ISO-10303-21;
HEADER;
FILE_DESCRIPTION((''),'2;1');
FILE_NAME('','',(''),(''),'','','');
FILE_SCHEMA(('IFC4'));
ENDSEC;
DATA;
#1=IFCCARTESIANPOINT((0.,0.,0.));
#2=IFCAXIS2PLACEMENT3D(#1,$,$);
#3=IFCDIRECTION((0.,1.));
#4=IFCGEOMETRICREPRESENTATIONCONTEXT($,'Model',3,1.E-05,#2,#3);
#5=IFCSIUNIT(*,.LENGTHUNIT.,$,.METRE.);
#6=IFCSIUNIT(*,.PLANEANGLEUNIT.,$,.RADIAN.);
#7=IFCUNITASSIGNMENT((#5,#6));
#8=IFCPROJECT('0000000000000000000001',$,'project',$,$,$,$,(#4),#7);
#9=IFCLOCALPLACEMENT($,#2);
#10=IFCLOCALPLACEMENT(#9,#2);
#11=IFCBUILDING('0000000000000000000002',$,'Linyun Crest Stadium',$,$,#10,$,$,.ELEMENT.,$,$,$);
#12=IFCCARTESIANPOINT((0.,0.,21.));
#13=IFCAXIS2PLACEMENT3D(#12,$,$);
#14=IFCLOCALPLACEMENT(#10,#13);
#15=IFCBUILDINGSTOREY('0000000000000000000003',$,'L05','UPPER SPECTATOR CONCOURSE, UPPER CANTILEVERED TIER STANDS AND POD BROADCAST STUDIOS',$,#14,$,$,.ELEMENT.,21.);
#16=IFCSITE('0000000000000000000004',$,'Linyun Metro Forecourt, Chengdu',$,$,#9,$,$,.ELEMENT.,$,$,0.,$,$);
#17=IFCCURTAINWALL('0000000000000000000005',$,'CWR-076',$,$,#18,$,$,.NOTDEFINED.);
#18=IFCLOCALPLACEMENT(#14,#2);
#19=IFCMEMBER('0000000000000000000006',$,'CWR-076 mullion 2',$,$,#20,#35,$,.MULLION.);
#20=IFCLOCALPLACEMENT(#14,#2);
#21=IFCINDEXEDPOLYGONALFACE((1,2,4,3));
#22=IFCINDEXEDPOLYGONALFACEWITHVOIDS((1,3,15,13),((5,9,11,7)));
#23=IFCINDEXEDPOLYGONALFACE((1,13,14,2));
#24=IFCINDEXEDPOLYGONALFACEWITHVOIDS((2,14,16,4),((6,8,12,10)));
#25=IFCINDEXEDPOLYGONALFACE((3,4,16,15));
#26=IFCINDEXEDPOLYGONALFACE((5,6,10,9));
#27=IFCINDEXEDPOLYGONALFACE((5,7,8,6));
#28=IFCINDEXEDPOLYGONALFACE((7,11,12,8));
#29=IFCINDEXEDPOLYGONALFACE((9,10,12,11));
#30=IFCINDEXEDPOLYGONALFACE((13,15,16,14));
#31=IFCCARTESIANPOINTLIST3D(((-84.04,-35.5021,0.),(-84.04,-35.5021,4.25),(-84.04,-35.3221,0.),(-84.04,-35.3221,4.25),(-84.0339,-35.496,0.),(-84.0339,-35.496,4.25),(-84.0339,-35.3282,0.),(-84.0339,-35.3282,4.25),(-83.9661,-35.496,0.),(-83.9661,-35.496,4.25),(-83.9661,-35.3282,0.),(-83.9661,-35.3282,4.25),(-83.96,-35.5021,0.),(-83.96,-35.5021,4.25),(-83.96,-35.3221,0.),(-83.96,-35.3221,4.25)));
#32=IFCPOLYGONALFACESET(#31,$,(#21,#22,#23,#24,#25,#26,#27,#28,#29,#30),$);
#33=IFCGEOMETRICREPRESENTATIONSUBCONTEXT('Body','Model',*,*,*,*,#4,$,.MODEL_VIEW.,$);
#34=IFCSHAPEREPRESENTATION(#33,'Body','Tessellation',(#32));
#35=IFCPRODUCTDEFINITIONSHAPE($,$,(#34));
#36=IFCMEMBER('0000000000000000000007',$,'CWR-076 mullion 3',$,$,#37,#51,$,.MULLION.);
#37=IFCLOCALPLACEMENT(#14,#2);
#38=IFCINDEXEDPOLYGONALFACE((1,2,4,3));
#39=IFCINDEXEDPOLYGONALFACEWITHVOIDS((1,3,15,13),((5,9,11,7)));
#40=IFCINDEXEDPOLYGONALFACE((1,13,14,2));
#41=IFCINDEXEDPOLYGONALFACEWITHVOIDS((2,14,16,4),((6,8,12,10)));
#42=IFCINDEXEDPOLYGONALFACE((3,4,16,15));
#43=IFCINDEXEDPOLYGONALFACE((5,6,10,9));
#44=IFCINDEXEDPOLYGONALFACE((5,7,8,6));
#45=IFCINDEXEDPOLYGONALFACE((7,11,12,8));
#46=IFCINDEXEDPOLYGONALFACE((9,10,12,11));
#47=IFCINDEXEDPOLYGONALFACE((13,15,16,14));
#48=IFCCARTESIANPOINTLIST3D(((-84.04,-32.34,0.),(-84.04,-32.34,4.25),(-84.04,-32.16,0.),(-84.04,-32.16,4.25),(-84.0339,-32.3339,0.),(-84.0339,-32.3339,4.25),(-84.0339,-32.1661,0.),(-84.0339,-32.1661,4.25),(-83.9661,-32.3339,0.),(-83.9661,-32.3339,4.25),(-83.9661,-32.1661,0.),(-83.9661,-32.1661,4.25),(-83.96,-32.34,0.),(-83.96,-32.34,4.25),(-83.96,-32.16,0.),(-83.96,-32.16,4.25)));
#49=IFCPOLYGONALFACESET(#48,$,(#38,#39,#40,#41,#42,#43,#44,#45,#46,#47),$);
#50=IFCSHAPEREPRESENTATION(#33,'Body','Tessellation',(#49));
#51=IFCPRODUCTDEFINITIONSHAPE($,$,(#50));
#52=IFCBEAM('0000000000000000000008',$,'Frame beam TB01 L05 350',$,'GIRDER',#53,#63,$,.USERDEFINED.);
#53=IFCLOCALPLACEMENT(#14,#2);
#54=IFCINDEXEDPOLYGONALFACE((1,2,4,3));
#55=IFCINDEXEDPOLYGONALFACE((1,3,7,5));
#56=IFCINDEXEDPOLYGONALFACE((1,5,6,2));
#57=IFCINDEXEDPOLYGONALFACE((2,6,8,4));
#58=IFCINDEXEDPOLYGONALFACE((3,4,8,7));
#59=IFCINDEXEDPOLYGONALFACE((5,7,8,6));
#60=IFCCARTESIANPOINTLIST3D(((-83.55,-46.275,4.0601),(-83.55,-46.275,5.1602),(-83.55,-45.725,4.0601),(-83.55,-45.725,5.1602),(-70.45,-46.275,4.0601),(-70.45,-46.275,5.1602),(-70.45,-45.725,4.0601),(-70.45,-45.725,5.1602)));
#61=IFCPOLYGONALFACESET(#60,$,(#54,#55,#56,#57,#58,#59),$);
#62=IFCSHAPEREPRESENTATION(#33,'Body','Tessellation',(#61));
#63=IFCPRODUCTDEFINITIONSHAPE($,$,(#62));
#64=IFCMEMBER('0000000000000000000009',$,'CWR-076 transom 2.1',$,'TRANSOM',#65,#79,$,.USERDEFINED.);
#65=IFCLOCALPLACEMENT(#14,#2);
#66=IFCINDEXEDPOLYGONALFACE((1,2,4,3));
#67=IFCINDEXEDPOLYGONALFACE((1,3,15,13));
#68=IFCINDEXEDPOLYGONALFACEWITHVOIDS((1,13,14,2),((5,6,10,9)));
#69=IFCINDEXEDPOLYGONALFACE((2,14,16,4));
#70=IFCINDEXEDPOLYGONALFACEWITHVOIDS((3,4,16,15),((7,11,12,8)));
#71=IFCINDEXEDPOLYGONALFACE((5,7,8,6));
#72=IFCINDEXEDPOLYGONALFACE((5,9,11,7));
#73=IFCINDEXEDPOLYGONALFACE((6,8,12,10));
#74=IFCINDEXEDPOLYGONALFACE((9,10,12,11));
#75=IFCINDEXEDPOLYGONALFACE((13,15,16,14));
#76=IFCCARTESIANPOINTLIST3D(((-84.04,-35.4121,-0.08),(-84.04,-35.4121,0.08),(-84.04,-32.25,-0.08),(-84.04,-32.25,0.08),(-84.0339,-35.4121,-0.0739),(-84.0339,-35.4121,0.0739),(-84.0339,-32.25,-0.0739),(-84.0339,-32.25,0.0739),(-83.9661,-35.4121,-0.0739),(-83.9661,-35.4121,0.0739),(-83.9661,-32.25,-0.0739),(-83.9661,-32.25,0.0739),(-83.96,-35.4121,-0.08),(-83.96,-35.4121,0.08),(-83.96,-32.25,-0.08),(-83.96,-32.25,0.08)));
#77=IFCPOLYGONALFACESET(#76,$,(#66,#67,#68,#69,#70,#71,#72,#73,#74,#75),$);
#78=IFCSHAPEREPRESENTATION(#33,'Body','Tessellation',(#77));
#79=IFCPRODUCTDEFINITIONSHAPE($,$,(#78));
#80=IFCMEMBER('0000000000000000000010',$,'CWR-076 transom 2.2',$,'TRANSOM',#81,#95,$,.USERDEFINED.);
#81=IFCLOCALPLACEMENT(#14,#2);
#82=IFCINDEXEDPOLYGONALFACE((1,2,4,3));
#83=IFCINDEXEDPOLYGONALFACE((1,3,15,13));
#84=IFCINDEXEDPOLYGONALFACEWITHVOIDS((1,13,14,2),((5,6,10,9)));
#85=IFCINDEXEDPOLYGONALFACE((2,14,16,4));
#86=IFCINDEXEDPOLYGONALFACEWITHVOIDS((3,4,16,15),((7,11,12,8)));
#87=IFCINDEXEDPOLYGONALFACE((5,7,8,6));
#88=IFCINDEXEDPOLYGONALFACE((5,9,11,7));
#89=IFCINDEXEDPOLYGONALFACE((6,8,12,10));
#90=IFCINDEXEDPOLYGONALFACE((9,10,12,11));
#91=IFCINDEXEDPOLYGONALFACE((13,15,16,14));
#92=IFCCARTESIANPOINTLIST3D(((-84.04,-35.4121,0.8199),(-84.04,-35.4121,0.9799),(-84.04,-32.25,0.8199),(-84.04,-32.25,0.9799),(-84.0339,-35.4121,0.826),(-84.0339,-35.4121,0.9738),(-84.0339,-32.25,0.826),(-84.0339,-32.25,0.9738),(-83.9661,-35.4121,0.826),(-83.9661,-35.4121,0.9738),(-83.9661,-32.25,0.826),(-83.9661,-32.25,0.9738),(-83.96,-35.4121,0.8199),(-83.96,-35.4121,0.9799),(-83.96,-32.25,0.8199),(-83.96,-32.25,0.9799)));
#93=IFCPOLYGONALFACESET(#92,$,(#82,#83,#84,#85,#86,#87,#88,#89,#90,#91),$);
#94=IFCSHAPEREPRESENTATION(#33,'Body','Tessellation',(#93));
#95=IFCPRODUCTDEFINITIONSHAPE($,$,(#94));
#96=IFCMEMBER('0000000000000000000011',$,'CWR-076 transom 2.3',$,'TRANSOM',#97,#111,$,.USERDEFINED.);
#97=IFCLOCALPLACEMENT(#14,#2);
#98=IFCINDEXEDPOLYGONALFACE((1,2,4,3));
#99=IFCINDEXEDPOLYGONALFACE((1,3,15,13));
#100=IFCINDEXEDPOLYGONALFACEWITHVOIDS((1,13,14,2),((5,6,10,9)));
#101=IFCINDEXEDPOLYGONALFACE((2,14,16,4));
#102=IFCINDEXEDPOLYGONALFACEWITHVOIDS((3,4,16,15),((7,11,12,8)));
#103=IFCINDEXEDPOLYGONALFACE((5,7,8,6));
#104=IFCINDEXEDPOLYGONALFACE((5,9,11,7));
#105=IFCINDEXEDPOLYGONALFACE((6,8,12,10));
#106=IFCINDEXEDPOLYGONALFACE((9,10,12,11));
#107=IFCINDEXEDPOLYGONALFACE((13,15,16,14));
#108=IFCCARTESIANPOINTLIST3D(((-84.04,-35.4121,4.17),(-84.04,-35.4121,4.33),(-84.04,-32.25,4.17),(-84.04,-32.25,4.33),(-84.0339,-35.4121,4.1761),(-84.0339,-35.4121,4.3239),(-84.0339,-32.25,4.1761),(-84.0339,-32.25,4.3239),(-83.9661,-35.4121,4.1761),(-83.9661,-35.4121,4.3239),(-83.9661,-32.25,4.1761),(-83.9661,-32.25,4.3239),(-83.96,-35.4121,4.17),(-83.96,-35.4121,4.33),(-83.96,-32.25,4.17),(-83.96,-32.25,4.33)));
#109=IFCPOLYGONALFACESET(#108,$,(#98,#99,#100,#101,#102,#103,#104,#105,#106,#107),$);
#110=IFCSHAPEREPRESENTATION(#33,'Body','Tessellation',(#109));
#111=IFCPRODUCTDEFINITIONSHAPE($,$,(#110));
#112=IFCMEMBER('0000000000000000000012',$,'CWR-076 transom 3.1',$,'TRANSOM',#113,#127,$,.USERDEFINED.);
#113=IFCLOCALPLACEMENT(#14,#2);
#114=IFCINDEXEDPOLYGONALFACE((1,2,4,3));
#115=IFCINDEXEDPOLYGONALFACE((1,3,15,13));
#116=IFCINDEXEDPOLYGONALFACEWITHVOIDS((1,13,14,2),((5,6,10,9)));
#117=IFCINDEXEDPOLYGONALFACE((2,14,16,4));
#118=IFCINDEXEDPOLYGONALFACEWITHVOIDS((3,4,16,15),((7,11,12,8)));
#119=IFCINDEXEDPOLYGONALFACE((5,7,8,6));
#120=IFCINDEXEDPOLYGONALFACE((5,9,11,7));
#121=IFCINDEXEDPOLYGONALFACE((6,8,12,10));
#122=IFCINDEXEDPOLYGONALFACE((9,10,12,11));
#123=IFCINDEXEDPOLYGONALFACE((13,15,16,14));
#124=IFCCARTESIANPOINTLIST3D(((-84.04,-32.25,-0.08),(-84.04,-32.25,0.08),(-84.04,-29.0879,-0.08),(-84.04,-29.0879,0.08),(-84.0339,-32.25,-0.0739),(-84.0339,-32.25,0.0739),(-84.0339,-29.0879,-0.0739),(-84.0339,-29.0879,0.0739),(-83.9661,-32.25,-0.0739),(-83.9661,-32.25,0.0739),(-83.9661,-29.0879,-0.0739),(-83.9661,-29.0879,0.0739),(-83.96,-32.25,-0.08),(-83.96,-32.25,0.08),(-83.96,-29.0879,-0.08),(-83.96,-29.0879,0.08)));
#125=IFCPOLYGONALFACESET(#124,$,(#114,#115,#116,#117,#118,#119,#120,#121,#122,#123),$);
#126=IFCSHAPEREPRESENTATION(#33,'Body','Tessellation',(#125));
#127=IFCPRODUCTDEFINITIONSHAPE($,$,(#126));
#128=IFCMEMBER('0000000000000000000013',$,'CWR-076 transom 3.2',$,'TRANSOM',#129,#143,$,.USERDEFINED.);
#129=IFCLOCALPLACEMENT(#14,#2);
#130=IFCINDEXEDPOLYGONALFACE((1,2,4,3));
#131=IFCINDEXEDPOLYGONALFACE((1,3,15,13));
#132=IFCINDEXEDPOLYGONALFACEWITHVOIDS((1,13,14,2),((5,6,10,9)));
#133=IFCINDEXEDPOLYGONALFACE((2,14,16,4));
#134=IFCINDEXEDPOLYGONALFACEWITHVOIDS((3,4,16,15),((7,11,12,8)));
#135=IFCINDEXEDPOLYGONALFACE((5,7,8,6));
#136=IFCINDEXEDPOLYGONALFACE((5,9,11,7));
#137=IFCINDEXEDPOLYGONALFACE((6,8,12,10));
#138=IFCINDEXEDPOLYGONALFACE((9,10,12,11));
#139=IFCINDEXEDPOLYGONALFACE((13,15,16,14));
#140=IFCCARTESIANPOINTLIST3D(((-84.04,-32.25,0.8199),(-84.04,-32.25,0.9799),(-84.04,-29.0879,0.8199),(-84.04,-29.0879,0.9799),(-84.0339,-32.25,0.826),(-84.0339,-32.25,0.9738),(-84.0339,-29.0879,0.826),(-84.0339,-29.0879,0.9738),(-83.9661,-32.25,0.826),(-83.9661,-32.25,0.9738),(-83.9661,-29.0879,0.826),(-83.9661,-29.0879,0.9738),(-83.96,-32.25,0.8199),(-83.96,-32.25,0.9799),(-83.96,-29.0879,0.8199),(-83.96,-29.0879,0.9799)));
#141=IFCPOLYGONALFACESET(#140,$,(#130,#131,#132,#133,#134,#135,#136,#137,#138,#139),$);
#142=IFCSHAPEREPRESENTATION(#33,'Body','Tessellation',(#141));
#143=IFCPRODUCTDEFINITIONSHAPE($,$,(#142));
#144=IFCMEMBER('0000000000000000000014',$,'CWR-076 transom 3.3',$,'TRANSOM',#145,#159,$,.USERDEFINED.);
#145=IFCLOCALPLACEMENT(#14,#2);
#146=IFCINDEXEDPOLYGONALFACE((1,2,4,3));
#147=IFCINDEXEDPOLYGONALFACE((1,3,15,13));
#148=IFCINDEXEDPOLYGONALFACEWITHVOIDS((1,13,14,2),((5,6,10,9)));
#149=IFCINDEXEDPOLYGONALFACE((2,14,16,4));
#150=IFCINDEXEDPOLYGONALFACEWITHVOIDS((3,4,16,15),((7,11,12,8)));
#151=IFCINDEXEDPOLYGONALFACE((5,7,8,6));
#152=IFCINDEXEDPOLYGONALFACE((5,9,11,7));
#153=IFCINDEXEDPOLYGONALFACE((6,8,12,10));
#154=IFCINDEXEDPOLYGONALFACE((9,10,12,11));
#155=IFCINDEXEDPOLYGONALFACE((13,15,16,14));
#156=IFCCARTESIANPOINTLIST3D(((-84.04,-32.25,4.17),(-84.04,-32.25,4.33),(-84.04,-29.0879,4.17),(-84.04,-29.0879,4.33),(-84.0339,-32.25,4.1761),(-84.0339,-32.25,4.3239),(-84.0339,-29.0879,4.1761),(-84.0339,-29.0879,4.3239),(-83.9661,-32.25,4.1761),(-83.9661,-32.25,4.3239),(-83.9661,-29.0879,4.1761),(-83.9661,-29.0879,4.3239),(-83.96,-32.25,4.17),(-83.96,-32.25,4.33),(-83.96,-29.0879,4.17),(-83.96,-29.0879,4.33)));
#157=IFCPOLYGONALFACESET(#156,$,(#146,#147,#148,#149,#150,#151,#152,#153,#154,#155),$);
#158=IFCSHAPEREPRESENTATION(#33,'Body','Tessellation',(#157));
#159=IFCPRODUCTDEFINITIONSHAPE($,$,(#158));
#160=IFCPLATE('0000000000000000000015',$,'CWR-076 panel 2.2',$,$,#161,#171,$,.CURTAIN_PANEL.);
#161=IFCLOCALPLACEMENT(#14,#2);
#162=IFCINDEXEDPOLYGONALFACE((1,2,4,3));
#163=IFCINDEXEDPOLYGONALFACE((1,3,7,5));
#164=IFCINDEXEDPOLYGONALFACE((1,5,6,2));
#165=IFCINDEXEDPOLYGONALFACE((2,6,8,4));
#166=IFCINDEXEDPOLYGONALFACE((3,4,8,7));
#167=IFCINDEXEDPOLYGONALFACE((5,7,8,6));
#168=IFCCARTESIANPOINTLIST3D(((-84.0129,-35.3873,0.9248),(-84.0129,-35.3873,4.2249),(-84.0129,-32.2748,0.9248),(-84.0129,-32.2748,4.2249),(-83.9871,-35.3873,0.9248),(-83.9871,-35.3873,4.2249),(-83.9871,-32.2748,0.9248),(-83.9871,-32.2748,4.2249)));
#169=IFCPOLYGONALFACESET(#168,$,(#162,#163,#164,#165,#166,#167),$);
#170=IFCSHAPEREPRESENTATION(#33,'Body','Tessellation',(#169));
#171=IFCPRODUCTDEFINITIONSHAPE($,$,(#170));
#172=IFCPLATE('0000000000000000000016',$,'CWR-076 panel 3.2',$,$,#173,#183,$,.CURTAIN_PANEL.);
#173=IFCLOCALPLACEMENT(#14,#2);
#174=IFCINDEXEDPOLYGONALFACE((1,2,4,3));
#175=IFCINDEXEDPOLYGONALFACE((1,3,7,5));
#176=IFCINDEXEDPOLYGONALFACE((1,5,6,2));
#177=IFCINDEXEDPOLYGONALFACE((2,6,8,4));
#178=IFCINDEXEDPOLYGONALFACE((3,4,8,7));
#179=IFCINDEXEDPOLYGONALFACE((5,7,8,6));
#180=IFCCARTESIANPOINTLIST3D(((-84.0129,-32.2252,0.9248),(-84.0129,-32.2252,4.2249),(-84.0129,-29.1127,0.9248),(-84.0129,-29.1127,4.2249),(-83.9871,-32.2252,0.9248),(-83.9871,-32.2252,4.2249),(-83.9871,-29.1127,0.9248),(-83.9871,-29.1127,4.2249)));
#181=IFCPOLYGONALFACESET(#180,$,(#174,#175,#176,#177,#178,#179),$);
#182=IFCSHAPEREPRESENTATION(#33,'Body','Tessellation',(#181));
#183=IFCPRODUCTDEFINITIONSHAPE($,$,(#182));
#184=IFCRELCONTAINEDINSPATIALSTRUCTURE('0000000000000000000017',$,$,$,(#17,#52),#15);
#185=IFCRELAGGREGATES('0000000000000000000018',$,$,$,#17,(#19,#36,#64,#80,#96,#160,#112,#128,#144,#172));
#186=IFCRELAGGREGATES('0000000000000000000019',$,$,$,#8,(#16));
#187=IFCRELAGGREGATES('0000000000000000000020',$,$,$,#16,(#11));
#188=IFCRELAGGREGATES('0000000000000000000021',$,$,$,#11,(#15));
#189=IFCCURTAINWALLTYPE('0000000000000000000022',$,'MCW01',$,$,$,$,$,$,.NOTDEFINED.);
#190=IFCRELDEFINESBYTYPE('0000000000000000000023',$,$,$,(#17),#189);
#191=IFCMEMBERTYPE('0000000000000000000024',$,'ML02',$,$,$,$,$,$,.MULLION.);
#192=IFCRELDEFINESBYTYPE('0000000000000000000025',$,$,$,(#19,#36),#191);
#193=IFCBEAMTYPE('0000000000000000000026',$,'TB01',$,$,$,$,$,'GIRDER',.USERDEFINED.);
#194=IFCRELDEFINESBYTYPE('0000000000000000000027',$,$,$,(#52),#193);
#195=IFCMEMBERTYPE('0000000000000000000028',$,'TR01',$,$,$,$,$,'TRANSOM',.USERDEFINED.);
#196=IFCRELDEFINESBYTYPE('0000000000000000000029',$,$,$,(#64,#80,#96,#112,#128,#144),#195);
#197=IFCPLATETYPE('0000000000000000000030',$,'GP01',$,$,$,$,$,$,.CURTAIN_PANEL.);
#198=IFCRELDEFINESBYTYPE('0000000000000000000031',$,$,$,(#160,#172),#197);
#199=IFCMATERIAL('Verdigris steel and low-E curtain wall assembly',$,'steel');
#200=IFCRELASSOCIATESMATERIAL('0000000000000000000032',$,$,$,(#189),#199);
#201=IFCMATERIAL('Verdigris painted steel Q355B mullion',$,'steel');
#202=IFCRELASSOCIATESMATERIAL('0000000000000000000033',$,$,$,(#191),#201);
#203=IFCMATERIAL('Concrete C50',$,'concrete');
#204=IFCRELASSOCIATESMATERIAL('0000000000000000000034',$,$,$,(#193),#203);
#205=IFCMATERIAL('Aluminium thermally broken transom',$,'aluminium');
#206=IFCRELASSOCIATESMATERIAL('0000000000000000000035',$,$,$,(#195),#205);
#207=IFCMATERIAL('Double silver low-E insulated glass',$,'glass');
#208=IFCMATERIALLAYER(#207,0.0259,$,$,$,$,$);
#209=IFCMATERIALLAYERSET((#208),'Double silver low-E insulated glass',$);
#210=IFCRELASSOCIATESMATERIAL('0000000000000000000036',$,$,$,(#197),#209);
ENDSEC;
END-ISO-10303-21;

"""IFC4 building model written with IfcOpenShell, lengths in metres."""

from ifc_helpers import new_model, si_unit, direction, frame, origin, origin_2d, place, context, subcontext, project, spatial, rectangle, hollow_rectangle, extrude, material, layer, layer_set, material_profile, profile_set, type_object, element, aggregate, save


model = new_model("IFC4")

# Units and contexts
model_context = context("Model", 3, precision=1e-05, world=origin(), true_north=direction((0.0, 1.0)))
body_context = subcontext(model_context, "Body", "Model", "MODEL_VIEW")
ifc_project = project(units=[si_unit("LENGTHUNIT", "METRE"), si_unit("PLANEANGLEUNIT", "RADIAN")], contexts=[model_context])

# Site, building, storey
site_placement = place(None, origin())
site = spatial("IfcSite", under=ifc_project, at=site_placement, Name="Linyun Metro Forecourt, Chengdu", CompositionType="ELEMENT", RefElevation=0.0)
building_placement = place(site_placement, origin())
building = spatial("IfcBuilding", under=site, at=building_placement, Name="Linyun Crest Stadium", CompositionType="ELEMENT")
storey_placement = place(building_placement, frame((0.0, 0.0, 21.0)))
storey = spatial("IfcBuildingStorey", under=building, at=storey_placement, Name="L05", Description="UPPER SPECTATOR CONCOURSE, UPPER CANTILEVERED TIER STANDS AND POD BROADCAST STUDIOS", CompositionType="ELEMENT", Elevation=21.0)

# Curtain wall, members
ifc_material_1 = material(Name="Verdigris steel and low-E curtain wall assembly", Category="steel")
curtain_wall_type = type_object("IfcCurtainWallType", Name="MCW01", PredefinedType="NOTDEFINED", material=ifc_material_1)
curtain_wall_placement = place(storey_placement, origin())
curtain_wall = element("IfcCurtainWall", 1, at=curtain_wall_placement, inside=storey, type_object=curtain_wall_type, Name="CWR-076", PredefinedType="NOTDEFINED")
ifc_material_2 = material(Name="Verdigris painted steel Q355B mullion", Category="steel")
ifc_material_profile_1 = material_profile(ifc_material_2, hollow_rectangle(XDim=0.0801, YDim=0.1799, WallThickness=0.0061, at=origin_2d()), Name="RHS 180x80x6")
ifc_profile_set_1 = profile_set([ifc_material_profile_1], Name="Verdigris painted steel Q355B mullion")
member_type_1 = type_object("IfcMemberType", Name="ML02", PredefinedType="MULLION", material=ifc_profile_set_1)
member_1_placement = place(storey_placement, frame((-84.0, -35.4121, 0.0), z_axis=(0.0, 0.0, 1.0), x_axis=(-1.0, 0.0, 0.0)))
member_1 = element("IfcMember", 2, at=member_1_placement, type_object=member_type_1, Name="CWR-076 mullion 2", PredefinedType="MULLION", context=body_context, shape_type="SweptSolid", body=[
    extrude(hollow_rectangle(XDim=0.0801, YDim=0.1799, WallThickness=0.0061, at=origin_2d()), origin(), (0.0, 0.0, 1.0), 4.25),
])
member_2_placement = place(storey_placement, frame((-84.0, -32.25, 0.0), z_axis=(0.0, 0.0, 1.0), x_axis=(-1.0, 0.0, 0.0)))
member_2 = element("IfcMember", 3, at=member_2_placement, type_object=member_type_1, Name="CWR-076 mullion 3", PredefinedType="MULLION", context=body_context, shape_type="SweptSolid", body=[
    extrude(hollow_rectangle(XDim=0.0801, YDim=0.1799, WallThickness=0.0061, at=origin_2d()), origin(), (0.0, 0.0, 1.0), 4.25),
])

# Beam
ifc_material_3 = material(Name="Concrete C50", Category="concrete")
ifc_material_profile_2 = material_profile(ifc_material_3, rectangle(XDim=0.55, YDim=1.1001, at=origin_2d()), Name="RCB 1100x550")
ifc_profile_set_2 = profile_set([ifc_material_profile_2], Name="Concrete C50")
beam_type = type_object("IfcBeamType", Name="TB01", ElementType="GIRDER", PredefinedType="USERDEFINED", material=ifc_profile_set_2)
beam_placement = place(storey_placement, frame((-83.55, -46.0, 4.6101), z_axis=(1.0, 0.0, 0.0), x_axis=(0.0, 1.0, 0.0)))
element("IfcBeam", 4, at=beam_placement, inside=storey, type_object=beam_type, Name="Frame beam TB01 L05 350", ObjectType="GIRDER", PredefinedType="USERDEFINED", context=body_context, shape_type="SweptSolid", body=[
    extrude(rectangle(XDim=0.55, YDim=1.1001, at=origin_2d()), origin(), (0.0, 0.0, 1.0), 13.1001),
])

# Members
ifc_material_4 = material(Name="Aluminium thermally broken transom", Category="aluminium")
ifc_material_profile_3 = material_profile(ifc_material_4, hollow_rectangle(XDim=0.0801, YDim=0.1599, WallThickness=0.0061, at=origin_2d()), Name="RHS 160x80x6")
ifc_profile_set_3 = profile_set([ifc_material_profile_3], Name="Aluminium thermally broken transom")
member_type_2 = type_object("IfcMemberType", Name="TR01", ElementType="TRANSOM", PredefinedType="USERDEFINED", material=ifc_profile_set_3)
member_3_placement = place(storey_placement, frame((-84.0, -35.4121, 0.0), z_axis=(0.0, 1.0, 0.0), x_axis=(-1.0, 0.0, 0.0)))
member_3 = element("IfcMember", 5, at=member_3_placement, type_object=member_type_2, Name="CWR-076 transom 2.1", ObjectType="TRANSOM", PredefinedType="USERDEFINED", context=body_context, shape_type="SweptSolid", body=[
    extrude(hollow_rectangle(XDim=0.0801, YDim=0.1599, WallThickness=0.0061, at=origin_2d()), origin(), (0.0, 0.0, 1.0), 3.1621),
])
member_4_placement = place(storey_placement, frame((-84.0, -35.4121, 0.8999), z_axis=(0.0, 1.0, 0.0), x_axis=(-1.0, 0.0, 0.0)))
member_4 = element("IfcMember", 6, at=member_4_placement, type_object=member_type_2, Name="CWR-076 transom 2.2", ObjectType="TRANSOM", PredefinedType="USERDEFINED", context=body_context, shape_type="SweptSolid", body=[
    extrude(hollow_rectangle(XDim=0.0801, YDim=0.1599, WallThickness=0.0061, at=origin_2d()), origin(), (0.0, 0.0, 1.0), 3.1621),
])
member_5_placement = place(storey_placement, frame((-84.0, -35.4121, 4.25), z_axis=(0.0, 1.0, 0.0), x_axis=(-1.0, 0.0, 0.0)))
member_5 = element("IfcMember", 7, at=member_5_placement, type_object=member_type_2, Name="CWR-076 transom 2.3", ObjectType="TRANSOM", PredefinedType="USERDEFINED", context=body_context, shape_type="SweptSolid", body=[
    extrude(hollow_rectangle(XDim=0.0801, YDim=0.1599, WallThickness=0.0061, at=origin_2d()), origin(), (0.0, 0.0, 1.0), 3.1621),
])
member_6_placement = place(storey_placement, frame((-84.0, -32.25, 0.0), z_axis=(0.0, 1.0, 0.0), x_axis=(-1.0, 0.0, 0.0)))
member_6 = element("IfcMember", 8, at=member_6_placement, type_object=member_type_2, Name="CWR-076 transom 3.1", ObjectType="TRANSOM", PredefinedType="USERDEFINED", context=body_context, shape_type="SweptSolid", body=[
    extrude(hollow_rectangle(XDim=0.0801, YDim=0.1599, WallThickness=0.0061, at=origin_2d()), origin(), (0.0, 0.0, 1.0), 3.1621),
])
member_7_placement = place(storey_placement, frame((-84.0, -32.25, 0.8999), z_axis=(0.0, 1.0, 0.0), x_axis=(-1.0, 0.0, 0.0)))
member_7 = element("IfcMember", 9, at=member_7_placement, type_object=member_type_2, Name="CWR-076 transom 3.2", ObjectType="TRANSOM", PredefinedType="USERDEFINED", context=body_context, shape_type="SweptSolid", body=[
    extrude(hollow_rectangle(XDim=0.0801, YDim=0.1599, WallThickness=0.0061, at=origin_2d()), origin(), (0.0, 0.0, 1.0), 3.1621),
])
member_8_placement = place(storey_placement, frame((-84.0, -32.25, 4.25), z_axis=(0.0, 1.0, 0.0), x_axis=(-1.0, 0.0, 0.0)))
member_8 = element("IfcMember", 10, at=member_8_placement, type_object=member_type_2, Name="CWR-076 transom 3.3", ObjectType="TRANSOM", PredefinedType="USERDEFINED", context=body_context, shape_type="SweptSolid", body=[
    extrude(hollow_rectangle(XDim=0.0801, YDim=0.1599, WallThickness=0.0061, at=origin_2d()), origin(), (0.0, 0.0, 1.0), 3.1621),
])

# Plates
ifc_material_5 = material(Name="Double silver low-E insulated glass", Category="glass")
ifc_layer_1 = layer(ifc_material_5, 0.0259)
ifc_layer_set_1 = layer_set([ifc_layer_1], Name="Double silver low-E insulated glass")
plate_type_1 = type_object("IfcPlateType", Name="GP01", PredefinedType="CURTAIN_PANEL", material=ifc_layer_set_1)
plate_1_placement = place(storey_placement, frame((-84.0, -33.8311, 0.9248), z_axis=(0.0, 0.0, 1.0), x_axis=(0.0, 1.0, 0.0)))
plate_1 = element("IfcPlate", 11, at=plate_1_placement, type_object=plate_type_1, Name="CWR-076 panel 2.2", PredefinedType="CURTAIN_PANEL", context=body_context, shape_type="SweptSolid", body=[
    extrude(rectangle(XDim=3.1125, YDim=0.0259, at=origin_2d()), origin(), (0.0, 0.0, 1.0), 3.3),
])
plate_2_placement = place(storey_placement, frame((-84.0, -30.6689, 0.9248), z_axis=(0.0, 0.0, 1.0), x_axis=(0.0, 1.0, 0.0)))
plate_2 = element("IfcPlate", 12, at=plate_2_placement, type_object=plate_type_1, Name="CWR-076 panel 3.2", PredefinedType="CURTAIN_PANEL", context=body_context, shape_type="SweptSolid", body=[
    extrude(rectangle(XDim=3.1125, YDim=0.0259, at=origin_2d()), origin(), (0.0, 0.0, 1.0), 3.3),
])
aggregate(curtain_wall, [member_1, member_2, member_3, member_4, member_5, plate_1, member_6, member_7, member_8, plate_2])

save(model, "model.ifc")
